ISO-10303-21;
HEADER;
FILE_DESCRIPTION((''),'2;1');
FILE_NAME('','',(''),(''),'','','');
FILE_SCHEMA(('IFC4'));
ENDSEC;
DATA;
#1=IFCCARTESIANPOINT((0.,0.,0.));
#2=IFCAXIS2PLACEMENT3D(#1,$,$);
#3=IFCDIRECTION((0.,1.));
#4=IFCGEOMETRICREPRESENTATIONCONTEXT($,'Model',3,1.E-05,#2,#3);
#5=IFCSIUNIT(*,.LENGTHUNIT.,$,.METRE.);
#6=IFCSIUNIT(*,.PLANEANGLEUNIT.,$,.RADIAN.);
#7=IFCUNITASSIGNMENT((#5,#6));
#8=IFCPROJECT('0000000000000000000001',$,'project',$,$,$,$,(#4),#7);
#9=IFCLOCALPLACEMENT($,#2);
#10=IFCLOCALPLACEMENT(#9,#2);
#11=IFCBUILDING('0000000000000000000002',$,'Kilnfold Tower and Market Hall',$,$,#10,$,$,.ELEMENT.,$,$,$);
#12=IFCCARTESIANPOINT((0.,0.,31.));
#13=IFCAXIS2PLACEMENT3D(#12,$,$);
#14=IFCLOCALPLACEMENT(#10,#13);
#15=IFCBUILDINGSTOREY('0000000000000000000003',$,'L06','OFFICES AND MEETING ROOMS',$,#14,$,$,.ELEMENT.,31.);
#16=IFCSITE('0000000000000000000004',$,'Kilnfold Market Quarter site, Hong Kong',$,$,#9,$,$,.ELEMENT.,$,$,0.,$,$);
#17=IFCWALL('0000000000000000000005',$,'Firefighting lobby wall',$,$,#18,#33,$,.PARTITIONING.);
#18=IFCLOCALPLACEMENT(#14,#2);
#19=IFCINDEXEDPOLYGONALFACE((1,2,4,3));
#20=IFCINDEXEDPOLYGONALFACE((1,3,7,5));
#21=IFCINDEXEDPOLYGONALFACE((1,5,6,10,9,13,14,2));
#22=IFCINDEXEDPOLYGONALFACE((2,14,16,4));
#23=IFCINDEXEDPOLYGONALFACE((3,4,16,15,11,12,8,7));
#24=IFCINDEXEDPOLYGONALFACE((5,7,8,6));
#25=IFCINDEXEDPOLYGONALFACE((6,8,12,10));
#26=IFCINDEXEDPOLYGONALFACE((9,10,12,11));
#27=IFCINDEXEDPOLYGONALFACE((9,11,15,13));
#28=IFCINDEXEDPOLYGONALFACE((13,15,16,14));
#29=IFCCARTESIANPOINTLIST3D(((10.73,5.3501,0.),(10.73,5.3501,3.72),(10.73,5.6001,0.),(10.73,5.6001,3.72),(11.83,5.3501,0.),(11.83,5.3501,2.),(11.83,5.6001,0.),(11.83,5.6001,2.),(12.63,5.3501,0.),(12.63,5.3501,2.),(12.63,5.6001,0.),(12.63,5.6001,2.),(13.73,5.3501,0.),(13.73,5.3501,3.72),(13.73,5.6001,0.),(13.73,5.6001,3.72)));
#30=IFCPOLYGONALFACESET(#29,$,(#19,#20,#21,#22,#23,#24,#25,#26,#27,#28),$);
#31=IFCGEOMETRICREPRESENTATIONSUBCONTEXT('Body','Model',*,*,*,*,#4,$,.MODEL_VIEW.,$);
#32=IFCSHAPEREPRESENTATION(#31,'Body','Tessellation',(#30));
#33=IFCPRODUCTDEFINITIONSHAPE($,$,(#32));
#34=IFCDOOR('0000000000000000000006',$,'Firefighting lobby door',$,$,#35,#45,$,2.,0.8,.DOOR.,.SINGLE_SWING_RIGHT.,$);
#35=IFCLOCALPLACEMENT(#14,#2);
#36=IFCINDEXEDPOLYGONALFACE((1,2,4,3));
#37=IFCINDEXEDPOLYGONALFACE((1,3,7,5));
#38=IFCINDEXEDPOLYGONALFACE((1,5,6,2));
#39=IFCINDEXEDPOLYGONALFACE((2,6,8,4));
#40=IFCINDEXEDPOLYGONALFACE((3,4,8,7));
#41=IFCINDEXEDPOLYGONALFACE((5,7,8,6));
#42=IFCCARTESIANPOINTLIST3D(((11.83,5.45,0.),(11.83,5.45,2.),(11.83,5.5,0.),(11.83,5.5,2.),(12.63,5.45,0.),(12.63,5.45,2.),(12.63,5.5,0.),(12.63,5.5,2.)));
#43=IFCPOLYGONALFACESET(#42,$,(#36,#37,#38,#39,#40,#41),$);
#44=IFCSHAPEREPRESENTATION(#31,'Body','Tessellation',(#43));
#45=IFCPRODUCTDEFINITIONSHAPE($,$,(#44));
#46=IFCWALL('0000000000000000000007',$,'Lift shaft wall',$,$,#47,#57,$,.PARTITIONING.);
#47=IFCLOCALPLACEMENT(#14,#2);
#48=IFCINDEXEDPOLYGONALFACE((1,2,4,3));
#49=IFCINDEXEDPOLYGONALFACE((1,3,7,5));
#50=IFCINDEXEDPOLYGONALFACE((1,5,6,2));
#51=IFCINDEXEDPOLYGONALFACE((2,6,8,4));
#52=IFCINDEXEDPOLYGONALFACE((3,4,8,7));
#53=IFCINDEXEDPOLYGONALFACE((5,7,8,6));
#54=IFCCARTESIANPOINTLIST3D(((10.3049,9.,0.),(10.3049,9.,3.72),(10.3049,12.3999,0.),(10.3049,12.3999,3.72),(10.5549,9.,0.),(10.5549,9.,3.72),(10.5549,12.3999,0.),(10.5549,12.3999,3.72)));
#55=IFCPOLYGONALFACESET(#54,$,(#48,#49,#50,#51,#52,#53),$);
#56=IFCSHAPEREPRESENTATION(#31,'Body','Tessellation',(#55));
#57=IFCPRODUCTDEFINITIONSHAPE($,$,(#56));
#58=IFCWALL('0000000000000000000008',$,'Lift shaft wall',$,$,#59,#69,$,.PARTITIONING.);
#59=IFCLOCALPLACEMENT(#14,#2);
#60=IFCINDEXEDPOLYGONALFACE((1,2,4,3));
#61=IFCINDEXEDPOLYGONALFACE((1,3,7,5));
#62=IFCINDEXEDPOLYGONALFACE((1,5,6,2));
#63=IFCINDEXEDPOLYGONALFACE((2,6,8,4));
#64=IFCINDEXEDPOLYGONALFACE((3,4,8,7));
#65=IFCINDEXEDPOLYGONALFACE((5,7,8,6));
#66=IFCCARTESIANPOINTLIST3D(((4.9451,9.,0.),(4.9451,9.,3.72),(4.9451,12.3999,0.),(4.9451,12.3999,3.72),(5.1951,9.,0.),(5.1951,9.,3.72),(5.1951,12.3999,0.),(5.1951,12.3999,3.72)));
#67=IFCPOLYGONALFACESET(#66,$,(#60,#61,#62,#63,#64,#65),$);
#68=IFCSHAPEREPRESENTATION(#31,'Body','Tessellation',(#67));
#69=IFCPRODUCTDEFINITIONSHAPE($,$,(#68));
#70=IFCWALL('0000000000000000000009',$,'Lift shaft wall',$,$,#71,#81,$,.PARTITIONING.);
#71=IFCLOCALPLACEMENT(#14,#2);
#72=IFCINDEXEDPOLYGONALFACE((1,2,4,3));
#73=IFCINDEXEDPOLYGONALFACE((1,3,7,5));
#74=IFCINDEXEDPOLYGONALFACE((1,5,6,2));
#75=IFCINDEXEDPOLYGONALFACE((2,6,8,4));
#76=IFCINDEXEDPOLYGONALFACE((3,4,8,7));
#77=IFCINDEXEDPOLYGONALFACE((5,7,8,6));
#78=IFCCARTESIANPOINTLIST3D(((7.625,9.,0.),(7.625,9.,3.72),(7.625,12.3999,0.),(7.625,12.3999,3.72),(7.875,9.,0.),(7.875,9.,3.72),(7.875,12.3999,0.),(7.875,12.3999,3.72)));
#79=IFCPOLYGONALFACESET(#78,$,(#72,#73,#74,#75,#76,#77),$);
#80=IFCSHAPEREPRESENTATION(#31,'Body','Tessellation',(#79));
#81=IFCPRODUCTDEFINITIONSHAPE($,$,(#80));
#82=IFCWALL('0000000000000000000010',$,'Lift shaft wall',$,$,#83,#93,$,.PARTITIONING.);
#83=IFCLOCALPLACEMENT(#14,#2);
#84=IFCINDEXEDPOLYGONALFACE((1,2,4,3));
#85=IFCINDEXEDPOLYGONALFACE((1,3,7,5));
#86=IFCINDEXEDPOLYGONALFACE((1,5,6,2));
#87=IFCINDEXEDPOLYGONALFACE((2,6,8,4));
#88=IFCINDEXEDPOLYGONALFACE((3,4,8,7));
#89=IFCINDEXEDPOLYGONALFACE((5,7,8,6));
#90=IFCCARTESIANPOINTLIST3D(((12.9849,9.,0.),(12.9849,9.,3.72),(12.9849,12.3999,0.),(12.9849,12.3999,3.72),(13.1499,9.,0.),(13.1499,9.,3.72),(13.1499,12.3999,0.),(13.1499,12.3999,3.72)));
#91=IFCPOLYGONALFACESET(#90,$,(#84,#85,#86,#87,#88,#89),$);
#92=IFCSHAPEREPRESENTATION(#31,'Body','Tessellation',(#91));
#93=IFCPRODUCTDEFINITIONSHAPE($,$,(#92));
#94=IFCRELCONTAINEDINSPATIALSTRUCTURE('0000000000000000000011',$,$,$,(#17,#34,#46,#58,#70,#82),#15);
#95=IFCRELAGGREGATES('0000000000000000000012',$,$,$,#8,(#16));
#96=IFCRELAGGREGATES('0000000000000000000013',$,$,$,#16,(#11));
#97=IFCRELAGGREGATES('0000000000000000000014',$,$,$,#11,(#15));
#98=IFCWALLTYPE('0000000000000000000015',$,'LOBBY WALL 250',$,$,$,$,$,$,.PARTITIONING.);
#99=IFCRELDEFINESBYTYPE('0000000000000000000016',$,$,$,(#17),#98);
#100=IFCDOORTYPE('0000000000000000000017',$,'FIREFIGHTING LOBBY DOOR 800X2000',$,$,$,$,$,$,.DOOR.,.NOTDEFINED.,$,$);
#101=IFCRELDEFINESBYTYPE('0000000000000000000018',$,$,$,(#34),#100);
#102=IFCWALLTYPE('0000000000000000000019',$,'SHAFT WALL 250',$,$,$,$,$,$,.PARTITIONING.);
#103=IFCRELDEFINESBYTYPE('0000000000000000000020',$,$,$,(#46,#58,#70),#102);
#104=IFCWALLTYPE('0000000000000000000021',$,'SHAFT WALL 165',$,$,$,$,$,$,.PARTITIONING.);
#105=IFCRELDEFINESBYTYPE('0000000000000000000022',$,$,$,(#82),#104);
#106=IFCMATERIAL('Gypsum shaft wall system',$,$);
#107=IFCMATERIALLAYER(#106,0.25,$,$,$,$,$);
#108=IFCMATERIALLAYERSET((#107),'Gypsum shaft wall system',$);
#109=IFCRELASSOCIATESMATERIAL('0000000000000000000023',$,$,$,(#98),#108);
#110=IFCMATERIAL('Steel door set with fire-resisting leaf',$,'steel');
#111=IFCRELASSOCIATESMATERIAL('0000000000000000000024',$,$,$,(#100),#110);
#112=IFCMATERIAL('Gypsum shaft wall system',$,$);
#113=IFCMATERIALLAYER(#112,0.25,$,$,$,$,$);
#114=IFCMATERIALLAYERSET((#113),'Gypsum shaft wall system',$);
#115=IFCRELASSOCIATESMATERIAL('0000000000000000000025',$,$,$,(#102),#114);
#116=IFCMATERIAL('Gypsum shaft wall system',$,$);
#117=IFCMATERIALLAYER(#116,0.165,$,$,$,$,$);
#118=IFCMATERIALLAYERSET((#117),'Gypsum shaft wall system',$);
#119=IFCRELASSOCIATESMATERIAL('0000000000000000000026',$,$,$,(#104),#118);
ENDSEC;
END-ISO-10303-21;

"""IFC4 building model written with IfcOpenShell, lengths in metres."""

from ifc_helpers import new_model, si_unit, direction, frame, frame_2d, origin, place, context, subcontext, project, spatial, rectangle, extrude, source, transform, mapped, material, layer, layer_set, type_object, element, fill, save


model = new_model("IFC4")

# Units and contexts
model_context = context("Model", 3, precision=1e-05, world=origin(), true_north=direction((0.0, 1.0)))
body_context = subcontext(model_context, "Body", "Model", "MODEL_VIEW")
ifc_project = project(units=[si_unit("LENGTHUNIT", "METRE"), si_unit("PLANEANGLEUNIT", "RADIAN")], contexts=[model_context])

# Site, building, storey
site_placement = place(None, origin())
site = spatial("IfcSite", under=ifc_project, at=site_placement, Name="Kilnfold Market Quarter site, Hong Kong", CompositionType="ELEMENT", RefElevation=0.0)
building_placement = place(site_placement, origin())
building = spatial("IfcBuilding", under=site, at=building_placement, Name="Kilnfold Tower and Market Hall", CompositionType="ELEMENT")
storey_placement = place(building_placement, frame((0.0, 0.0, 31.0)))
storey = spatial("IfcBuildingStorey", under=building, at=storey_placement, Name="L06", Description="OFFICES AND MEETING ROOMS", CompositionType="ELEMENT", Elevation=31.0)

# Shared definitions
ifc_material_1 = material(Name="Gypsum shaft wall system")
ifc_layer_1 = layer(ifc_material_1, 0.25)
ifc_layer_set_1 = layer_set([ifc_layer_1], Name="Gypsum shaft wall system")
wall_type_1 = type_object("IfcWallType", Name="LOBBY WALL 250", PredefinedType="PARTITIONING", material=ifc_layer_set_1)

# Wall, opening, door
shared_shape_1 = source(origin(), body_context, "Body", "SweptSolid", [
    extrude(rectangle(XDim=3.0, YDim=0.25, at=frame_2d((1.5, 0.0))), origin(), (0.0, 0.0, 1.0), 3.72),
])
wall_1_placement = place(storey_placement, frame((10.73, 5.4751, 0.0), z_axis=(0.0, 0.0, 1.0), x_axis=(1.0, 0.0, 0.0)))
wall_1 = element("IfcWall", 1, at=wall_1_placement, inside=storey, type_object=wall_type_1, Name="Firefighting lobby wall", PredefinedType="PARTITIONING", context=body_context, shape_type="MappedRepresentation", body=[
    mapped(shared_shape_1, transform((0.0, 0.0, 0.0))),
])
opening_1_placement = place(wall_1_placement, frame((1.1001, 0.0, 0.0)))
opening_1 = element("IfcOpeningElement", 2, at=opening_1_placement, cuts=wall_1, PredefinedType="OPENING", context=body_context, shape_type="SweptSolid", body=[
    extrude(rectangle(XDim=0.8, YDim=2.0, at=frame_2d((0.3999, 1.0))), frame((0.0, 0.135, 0.0), z_axis=(0.0, -1.0, 0.0), x_axis=(1.0, 0.0, 0.0)), (0.0, 0.0, 1.0), 0.27),
])
ifc_material_2 = material(Name="Steel door set with fire-resisting leaf", Category="steel")
door_type_1 = type_object("IfcDoorType", Name="FIREFIGHTING LOBBY DOOR 800X2000", OperationType="NOTDEFINED", PredefinedType="DOOR", material=ifc_material_2)
door_1_placement = place(opening_1_placement, origin())
door_1 = element("IfcDoor", 3, at=door_1_placement, inside=storey, type_object=door_type_1, Name="Firefighting lobby door", OperationType="SINGLE_SWING_RIGHT", OverallHeight=2.0, OverallWidth=0.8, PredefinedType="DOOR", context=body_context, shape_type="SweptSolid", body=[
    extrude(rectangle(XDim=0.8, YDim=2.0, at=frame_2d((0.3999, 1.0))), frame((0.0, 0.0249, 0.0), z_axis=(0.0, -1.0, 0.0), x_axis=(1.0, 0.0, 0.0)), (0.0, 0.0, 1.0), 0.05),
])
fill(opening_1, door_1)

# Walls
ifc_material_3 = material(Name="Gypsum shaft wall system")
ifc_layer_2 = layer(ifc_material_3, 0.25)
ifc_layer_set_2 = layer_set([ifc_layer_2], Name="Gypsum shaft wall system")
wall_type_2 = type_object("IfcWallType", Name="SHAFT WALL 250", PredefinedType="PARTITIONING", material=ifc_layer_set_2)
shared_shape_2 = source(origin(), body_context, "Body", "SweptSolid", [
    extrude(rectangle(XDim=3.3999, YDim=0.25, at=frame_2d((1.7, 0.0))), origin(), (0.0, 0.0, 1.0), 3.72),
])
for number, where, z_axis, x_axis, name in (
    (4, (10.4299, 9.0, 0.0), (0.0, 0.0, 1.0), (0.0, 1.0, 0.0), "Lift shaft wall"),
    (5, (5.0701, 9.0, 0.0), (0.0, 0.0, 1.0), (0.0, 1.0, 0.0), "Lift shaft wall"),
    (6, (7.75, 9.0, 0.0), (0.0, 0.0, 1.0), (0.0, 1.0, 0.0), "Lift shaft wall"),
):
    element("IfcWall", number, at=place(storey_placement, frame(where, z_axis=z_axis, x_axis=x_axis)), inside=storey, type_object=wall_type_2, Name=name, PredefinedType="PARTITIONING", context=body_context, shape_type="MappedRepresentation", body=[
        mapped(shared_shape_2, transform((0.0, 0.0, 0.0))),
    ])
ifc_material_4 = material(Name="Gypsum shaft wall system")
ifc_layer_3 = layer(ifc_material_4, 0.165)
ifc_layer_set_3 = layer_set([ifc_layer_3], Name="Gypsum shaft wall system")
wall_type_3 = type_object("IfcWallType", Name="SHAFT WALL 165", PredefinedType="PARTITIONING", material=ifc_layer_set_3)
shared_shape_3 = source(origin(), body_context, "Body", "SweptSolid", [
    extrude(rectangle(XDim=3.3999, YDim=0.165, at=frame_2d((1.7, 0.0))), origin(), (0.0, 0.0, 1.0), 3.72),
])
wall_2_placement = place(storey_placement, frame((13.0674, 9.0, 0.0), z_axis=(0.0, 0.0, 1.0), x_axis=(0.0, 1.0, 0.0)))
element("IfcWall", 7, at=wall_2_placement, inside=storey, type_object=wall_type_3, Name="Lift shaft wall", PredefinedType="PARTITIONING", context=body_context, shape_type="MappedRepresentation", body=[
    mapped(shared_shape_3, transform((0.0, 0.0, 0.0))),
])

save(model, "model.ifc")
